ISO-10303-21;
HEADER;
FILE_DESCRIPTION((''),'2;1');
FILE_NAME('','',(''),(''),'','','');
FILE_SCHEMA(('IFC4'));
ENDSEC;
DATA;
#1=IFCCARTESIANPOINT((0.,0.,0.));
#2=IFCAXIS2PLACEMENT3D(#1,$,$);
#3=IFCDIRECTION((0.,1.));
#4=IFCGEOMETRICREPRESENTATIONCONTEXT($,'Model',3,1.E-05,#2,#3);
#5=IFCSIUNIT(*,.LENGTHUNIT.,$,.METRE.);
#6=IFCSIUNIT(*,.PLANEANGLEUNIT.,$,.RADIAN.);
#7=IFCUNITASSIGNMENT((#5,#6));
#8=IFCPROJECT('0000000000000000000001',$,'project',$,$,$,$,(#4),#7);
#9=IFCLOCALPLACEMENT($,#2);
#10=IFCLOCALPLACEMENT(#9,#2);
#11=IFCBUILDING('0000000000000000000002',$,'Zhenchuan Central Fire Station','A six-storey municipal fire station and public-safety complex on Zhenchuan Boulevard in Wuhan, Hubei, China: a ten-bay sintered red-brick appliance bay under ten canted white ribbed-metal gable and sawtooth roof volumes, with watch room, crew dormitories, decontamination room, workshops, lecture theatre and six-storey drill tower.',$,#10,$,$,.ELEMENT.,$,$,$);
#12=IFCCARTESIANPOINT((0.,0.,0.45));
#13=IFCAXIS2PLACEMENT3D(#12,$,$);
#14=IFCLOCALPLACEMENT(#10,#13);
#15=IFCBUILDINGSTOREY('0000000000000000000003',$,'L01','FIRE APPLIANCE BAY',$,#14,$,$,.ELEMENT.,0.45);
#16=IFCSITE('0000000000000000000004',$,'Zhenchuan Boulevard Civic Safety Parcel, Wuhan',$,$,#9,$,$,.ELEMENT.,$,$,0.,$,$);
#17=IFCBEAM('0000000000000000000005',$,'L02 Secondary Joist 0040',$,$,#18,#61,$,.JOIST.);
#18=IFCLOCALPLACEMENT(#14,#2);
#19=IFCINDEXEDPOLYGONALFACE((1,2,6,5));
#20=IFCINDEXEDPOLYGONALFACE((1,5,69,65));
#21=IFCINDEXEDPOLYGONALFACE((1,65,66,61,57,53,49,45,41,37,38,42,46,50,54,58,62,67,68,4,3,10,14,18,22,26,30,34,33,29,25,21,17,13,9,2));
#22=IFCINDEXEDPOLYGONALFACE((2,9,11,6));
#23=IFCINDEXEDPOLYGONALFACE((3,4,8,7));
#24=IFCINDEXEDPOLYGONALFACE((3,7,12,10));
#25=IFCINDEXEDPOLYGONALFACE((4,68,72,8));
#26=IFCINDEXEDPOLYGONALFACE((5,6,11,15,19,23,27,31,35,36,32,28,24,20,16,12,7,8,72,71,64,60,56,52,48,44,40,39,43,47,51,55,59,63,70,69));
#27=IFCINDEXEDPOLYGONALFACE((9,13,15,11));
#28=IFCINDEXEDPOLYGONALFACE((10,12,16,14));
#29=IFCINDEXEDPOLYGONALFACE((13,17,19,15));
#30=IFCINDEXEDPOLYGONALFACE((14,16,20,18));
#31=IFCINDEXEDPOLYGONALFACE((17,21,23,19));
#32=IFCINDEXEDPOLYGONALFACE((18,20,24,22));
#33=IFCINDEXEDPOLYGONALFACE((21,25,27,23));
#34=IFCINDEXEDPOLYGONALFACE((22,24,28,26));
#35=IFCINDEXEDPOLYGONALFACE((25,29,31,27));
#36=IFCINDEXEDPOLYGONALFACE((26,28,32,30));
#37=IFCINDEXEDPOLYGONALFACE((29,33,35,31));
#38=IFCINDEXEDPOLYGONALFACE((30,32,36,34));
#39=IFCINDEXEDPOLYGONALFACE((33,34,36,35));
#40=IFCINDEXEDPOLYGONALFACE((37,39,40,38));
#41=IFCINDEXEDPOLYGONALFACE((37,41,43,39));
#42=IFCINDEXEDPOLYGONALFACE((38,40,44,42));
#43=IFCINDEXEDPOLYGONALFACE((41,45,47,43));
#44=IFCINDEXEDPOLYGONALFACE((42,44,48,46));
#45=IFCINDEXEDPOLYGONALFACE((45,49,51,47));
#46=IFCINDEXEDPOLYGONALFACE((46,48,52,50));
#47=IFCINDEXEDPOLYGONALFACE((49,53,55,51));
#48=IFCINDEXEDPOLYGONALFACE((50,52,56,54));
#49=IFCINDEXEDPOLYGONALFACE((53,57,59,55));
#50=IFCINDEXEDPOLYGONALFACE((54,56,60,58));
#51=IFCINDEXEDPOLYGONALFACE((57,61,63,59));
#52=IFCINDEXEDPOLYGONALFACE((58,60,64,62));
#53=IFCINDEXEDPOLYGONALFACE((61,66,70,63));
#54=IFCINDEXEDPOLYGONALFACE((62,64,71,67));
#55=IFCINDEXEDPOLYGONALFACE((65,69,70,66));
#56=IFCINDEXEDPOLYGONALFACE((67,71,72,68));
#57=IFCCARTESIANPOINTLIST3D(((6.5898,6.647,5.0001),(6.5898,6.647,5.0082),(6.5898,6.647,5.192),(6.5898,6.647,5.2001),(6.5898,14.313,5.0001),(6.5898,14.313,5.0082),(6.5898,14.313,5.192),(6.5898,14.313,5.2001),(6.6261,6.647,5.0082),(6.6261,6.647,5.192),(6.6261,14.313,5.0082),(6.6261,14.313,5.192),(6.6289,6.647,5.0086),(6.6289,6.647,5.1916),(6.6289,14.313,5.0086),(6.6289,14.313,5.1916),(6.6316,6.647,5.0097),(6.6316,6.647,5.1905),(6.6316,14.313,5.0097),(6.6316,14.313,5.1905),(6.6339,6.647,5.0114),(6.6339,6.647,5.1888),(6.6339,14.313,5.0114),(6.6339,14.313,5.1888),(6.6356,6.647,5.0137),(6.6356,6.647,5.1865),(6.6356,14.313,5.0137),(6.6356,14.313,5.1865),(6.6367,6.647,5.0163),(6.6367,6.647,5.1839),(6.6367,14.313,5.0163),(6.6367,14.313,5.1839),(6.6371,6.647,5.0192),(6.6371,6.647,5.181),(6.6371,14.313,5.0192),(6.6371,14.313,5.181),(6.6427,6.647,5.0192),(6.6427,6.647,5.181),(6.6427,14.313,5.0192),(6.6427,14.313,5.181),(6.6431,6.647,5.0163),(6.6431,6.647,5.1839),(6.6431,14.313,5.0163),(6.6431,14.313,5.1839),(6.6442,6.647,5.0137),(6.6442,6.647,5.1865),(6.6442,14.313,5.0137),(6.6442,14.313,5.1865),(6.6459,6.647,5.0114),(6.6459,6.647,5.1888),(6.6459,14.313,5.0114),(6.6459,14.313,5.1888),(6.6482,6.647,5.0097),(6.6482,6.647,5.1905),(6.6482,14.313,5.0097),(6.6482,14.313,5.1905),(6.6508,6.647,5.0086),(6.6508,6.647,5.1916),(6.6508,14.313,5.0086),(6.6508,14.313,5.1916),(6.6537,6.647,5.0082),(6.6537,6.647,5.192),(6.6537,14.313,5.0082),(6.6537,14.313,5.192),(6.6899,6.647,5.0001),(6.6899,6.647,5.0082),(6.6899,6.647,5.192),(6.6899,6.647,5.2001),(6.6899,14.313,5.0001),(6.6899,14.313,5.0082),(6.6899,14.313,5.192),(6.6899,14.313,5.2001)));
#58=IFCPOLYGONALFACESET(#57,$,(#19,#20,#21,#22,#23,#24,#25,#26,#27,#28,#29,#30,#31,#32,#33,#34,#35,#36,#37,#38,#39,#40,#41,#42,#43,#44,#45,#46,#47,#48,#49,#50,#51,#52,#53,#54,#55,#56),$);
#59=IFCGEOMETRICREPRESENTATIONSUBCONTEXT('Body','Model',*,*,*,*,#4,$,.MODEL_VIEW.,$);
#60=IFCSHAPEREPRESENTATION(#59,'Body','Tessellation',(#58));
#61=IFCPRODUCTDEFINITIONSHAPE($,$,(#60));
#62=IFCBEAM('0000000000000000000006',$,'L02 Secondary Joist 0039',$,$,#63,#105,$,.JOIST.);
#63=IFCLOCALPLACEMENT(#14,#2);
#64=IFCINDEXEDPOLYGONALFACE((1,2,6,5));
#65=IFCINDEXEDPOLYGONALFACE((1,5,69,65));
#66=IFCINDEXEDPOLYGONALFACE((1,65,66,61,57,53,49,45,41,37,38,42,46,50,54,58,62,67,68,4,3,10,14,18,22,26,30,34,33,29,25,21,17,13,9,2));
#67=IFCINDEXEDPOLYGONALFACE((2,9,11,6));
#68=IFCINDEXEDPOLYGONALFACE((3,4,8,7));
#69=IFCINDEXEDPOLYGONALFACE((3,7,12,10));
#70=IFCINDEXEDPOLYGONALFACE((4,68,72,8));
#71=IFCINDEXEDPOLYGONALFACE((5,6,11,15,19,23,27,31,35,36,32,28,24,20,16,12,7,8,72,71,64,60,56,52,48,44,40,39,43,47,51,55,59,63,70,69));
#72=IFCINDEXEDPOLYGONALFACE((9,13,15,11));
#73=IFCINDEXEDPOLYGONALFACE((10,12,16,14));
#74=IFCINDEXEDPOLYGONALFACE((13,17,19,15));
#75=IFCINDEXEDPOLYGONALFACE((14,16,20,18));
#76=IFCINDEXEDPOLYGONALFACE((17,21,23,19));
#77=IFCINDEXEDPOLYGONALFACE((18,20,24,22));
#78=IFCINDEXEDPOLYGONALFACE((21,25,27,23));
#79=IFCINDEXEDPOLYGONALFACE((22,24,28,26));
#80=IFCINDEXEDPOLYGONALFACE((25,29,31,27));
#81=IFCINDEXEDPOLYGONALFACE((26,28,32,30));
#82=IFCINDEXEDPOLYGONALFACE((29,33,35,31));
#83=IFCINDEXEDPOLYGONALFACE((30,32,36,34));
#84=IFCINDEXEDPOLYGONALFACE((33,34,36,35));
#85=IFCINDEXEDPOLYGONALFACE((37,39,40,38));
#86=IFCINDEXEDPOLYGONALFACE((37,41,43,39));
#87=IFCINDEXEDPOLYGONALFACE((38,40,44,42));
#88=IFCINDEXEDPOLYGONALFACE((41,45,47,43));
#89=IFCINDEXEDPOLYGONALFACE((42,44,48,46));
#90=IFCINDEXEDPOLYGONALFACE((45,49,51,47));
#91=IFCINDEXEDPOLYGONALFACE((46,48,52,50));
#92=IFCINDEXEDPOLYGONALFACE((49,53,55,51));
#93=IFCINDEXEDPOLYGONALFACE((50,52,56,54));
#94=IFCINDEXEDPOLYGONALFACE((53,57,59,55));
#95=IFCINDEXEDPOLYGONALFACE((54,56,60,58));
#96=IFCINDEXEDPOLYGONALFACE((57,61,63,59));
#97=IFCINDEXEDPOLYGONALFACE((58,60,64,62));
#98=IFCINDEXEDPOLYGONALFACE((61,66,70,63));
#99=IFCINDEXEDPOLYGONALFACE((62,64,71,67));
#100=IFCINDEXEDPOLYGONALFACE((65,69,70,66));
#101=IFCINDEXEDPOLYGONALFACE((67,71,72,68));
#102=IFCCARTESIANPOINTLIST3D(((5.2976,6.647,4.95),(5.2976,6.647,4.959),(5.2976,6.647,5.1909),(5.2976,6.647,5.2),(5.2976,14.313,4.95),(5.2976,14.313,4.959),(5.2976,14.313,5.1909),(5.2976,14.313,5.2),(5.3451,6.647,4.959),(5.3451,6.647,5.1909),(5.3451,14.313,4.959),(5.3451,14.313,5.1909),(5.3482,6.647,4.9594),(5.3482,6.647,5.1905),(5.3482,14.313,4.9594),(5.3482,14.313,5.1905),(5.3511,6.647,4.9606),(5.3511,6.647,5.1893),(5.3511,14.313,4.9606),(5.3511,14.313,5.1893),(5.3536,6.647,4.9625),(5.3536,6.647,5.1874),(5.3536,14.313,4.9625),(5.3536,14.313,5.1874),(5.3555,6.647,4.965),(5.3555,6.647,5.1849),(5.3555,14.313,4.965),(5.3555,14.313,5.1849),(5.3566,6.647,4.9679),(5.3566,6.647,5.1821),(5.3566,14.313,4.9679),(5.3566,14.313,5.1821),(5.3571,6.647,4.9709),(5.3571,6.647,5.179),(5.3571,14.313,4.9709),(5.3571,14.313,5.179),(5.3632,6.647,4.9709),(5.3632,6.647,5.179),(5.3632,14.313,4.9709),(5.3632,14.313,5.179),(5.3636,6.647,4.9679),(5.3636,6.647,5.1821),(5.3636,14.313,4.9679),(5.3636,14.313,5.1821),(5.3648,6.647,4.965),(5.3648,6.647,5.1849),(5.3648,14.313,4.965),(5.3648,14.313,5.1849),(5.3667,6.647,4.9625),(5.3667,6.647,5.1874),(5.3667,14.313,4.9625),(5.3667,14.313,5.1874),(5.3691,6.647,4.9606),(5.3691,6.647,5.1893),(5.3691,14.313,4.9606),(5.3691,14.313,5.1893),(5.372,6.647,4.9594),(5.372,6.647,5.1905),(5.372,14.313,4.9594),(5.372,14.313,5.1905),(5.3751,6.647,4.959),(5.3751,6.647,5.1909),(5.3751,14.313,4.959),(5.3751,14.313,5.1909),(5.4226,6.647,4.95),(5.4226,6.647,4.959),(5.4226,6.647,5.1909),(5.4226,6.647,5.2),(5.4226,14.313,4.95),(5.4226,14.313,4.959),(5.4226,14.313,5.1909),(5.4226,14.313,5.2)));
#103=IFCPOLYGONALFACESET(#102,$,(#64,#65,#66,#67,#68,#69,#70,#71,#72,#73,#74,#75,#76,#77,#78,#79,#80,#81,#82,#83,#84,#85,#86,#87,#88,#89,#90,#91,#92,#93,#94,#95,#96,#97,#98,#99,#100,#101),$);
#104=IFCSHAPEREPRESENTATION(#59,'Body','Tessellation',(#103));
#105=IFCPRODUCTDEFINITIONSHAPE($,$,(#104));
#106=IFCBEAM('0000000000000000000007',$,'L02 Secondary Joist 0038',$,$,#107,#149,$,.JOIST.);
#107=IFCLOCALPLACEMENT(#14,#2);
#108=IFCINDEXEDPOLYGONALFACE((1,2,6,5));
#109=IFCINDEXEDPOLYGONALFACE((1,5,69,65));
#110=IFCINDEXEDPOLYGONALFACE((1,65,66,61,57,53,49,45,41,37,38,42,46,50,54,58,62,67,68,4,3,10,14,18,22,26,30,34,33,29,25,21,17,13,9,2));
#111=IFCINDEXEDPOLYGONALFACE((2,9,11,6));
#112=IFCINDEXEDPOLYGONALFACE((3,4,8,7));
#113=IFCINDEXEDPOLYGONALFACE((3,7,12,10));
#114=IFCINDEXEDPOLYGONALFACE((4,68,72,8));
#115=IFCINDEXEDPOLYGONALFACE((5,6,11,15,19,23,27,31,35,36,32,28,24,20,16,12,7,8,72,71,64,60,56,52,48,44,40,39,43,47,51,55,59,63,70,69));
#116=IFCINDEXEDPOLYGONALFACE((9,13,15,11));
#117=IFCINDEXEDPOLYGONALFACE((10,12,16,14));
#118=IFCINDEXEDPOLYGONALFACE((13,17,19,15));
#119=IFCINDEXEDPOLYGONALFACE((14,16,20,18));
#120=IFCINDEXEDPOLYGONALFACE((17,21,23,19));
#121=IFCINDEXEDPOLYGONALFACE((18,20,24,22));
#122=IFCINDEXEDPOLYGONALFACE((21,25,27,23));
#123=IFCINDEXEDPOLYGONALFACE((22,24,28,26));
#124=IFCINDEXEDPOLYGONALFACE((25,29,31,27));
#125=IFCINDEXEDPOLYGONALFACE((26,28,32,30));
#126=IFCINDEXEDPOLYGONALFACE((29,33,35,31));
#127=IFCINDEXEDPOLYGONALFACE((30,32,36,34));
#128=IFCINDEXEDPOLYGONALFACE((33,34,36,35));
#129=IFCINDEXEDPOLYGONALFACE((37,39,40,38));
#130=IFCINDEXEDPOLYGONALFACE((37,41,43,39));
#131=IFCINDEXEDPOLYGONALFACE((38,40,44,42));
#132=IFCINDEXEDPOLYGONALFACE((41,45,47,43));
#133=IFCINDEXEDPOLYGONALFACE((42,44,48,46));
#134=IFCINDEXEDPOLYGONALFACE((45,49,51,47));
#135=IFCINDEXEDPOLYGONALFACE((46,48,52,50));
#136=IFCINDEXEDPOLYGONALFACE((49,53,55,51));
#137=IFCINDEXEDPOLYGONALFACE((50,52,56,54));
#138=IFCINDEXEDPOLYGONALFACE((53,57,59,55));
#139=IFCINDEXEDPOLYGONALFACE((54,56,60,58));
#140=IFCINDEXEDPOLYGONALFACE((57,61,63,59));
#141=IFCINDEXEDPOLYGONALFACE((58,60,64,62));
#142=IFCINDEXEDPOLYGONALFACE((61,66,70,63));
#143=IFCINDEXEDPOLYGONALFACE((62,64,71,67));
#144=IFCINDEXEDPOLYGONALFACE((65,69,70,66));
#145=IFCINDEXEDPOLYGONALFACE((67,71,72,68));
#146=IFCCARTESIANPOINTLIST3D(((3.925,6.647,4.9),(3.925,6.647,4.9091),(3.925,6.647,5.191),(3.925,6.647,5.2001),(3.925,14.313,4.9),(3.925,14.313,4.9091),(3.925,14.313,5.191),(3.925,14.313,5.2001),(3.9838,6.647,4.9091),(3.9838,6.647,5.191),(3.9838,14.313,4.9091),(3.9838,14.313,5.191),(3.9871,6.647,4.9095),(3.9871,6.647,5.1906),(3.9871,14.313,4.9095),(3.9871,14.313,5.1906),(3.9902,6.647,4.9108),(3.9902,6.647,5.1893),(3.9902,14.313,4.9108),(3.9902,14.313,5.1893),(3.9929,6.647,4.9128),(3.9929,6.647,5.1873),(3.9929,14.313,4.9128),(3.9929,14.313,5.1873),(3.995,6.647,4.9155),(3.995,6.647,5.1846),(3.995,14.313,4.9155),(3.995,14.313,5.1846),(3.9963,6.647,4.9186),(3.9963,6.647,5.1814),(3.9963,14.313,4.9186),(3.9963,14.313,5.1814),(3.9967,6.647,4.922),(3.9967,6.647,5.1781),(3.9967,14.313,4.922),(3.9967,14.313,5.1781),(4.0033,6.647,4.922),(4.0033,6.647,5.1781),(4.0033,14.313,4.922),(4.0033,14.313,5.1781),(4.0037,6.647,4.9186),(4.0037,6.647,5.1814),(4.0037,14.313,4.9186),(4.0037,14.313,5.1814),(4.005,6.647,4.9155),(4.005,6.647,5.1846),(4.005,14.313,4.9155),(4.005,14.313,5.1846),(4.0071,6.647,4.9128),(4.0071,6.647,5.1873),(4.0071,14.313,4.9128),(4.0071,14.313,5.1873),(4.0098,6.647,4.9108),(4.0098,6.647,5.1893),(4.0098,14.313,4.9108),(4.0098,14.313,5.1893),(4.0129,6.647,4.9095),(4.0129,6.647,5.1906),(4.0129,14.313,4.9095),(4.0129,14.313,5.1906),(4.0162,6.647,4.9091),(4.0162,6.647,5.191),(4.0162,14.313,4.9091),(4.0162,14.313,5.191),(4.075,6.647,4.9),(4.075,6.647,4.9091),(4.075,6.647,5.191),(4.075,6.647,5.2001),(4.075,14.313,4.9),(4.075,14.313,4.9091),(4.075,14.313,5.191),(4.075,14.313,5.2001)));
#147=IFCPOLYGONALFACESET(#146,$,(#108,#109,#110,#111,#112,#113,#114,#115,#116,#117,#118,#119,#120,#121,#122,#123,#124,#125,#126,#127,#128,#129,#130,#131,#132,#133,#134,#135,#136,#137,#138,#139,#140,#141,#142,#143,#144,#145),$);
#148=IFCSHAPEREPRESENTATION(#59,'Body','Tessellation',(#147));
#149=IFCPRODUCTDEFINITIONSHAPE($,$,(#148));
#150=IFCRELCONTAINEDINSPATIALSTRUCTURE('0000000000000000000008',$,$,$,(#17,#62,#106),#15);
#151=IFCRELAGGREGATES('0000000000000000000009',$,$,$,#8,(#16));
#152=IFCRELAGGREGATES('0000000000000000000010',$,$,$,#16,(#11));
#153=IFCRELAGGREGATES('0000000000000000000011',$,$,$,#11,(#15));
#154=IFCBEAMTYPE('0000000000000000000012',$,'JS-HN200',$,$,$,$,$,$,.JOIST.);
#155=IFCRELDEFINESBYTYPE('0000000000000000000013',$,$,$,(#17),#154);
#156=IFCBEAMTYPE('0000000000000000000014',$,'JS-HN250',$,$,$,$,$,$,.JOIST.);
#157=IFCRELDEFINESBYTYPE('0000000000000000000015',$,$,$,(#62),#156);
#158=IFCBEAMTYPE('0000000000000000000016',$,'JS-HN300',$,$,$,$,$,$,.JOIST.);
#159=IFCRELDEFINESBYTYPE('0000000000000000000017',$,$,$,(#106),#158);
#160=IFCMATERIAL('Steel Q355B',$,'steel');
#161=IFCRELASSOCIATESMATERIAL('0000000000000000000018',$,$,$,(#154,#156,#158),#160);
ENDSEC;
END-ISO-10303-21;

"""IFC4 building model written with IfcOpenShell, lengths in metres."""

from ifc_helpers import new_model, si_unit, direction, frame, origin, origin_2d, place, context, subcontext, project, spatial, i_section, extrude, material, material_profile, profile_set, type_object, element, save


model = new_model("IFC4")

# Units and contexts
model_context = context("Model", 3, precision=1e-05, world=origin(), true_north=direction((0.0, 1.0)))
body_context = subcontext(model_context, "Body", "Model", "MODEL_VIEW")
ifc_project = project(units=[si_unit("LENGTHUNIT", "METRE"), si_unit("PLANEANGLEUNIT", "RADIAN")], contexts=[model_context])

# Site, building, storey
site_placement = place(None, origin())
site = spatial("IfcSite", under=ifc_project, at=site_placement, Name="Zhenchuan Boulevard Civic Safety Parcel, Wuhan", CompositionType="ELEMENT", RefElevation=0.0)
building_placement = place(site_placement, origin())
building = spatial("IfcBuilding", under=site, at=building_placement, Name="Zhenchuan Central Fire Station", Description="A six-storey municipal fire station and public-safety complex on Zhenchuan Boulevard in Wuhan, Hubei, China: a ten-bay sintered red-brick appliance bay under ten canted white ribbed-metal gable and sawtooth roof volumes, with watch room, crew dormitories, decontamination room, workshops, lecture theatre and six-storey drill tower.", CompositionType="ELEMENT")
storey_placement = place(building_placement, frame((0.0, 0.0, 0.45)))
storey = spatial("IfcBuildingStorey", under=building, at=storey_placement, Name="L01", Description="FIRE APPLIANCE BAY", CompositionType="ELEMENT", Elevation=0.45)

# Shared definitions
ifc_material_1 = material(Name="Steel Q355B", Category="steel")

# Beams
ifc_material_profile_1 = material_profile(ifc_material_1, i_section(OverallWidth=0.1001, OverallDepth=0.2, WebThickness=0.0056, FlangeThickness=0.0081, FilletRadius=0.011, at=origin_2d()), Name="HN 200x100")
ifc_profile_set_1 = profile_set([ifc_material_profile_1], Name="Steel Q355B")
beam_type_1 = type_object("IfcBeamType", Name="JS-HN200", PredefinedType="JOIST", material=ifc_profile_set_1)
beam_1_placement = place(storey_placement, frame((6.6399, 6.647, 5.1001), z_axis=(0.0, 1.0, 0.0), x_axis=(-1.0, 0.0, 0.0)))
element("IfcBeam", 1, at=beam_1_placement, inside=storey, type_object=beam_type_1, Name="L02 Secondary Joist 0040", PredefinedType="JOIST", context=body_context, shape_type="SweptSolid", body=[
    extrude(i_section(OverallWidth=0.1001, OverallDepth=0.2, WebThickness=0.0056, FlangeThickness=0.0081, FilletRadius=0.011, at=origin_2d()), origin(), (0.0, 0.0, 1.0), 7.666),
])
ifc_material_profile_2 = material_profile(ifc_material_1, i_section(OverallWidth=0.125, OverallDepth=0.25, WebThickness=0.0061, FlangeThickness=0.009, FilletRadius=0.012, at=origin_2d()), Name="HN 250x125")
ifc_profile_set_2 = profile_set([ifc_material_profile_2], Name="Steel Q355B")
beam_type_2 = type_object("IfcBeamType", Name="JS-HN250", PredefinedType="JOIST", material=ifc_profile_set_2)
beam_2_placement = place(storey_placement, frame((5.3601, 6.647, 5.075), z_axis=(0.0, 1.0, 0.0), x_axis=(-1.0, 0.0, 0.0)))
element("IfcBeam", 2, at=beam_2_placement, inside=storey, type_object=beam_type_2, Name="L02 Secondary Joist 0039", PredefinedType="JOIST", context=body_context, shape_type="SweptSolid", body=[
    extrude(i_section(OverallWidth=0.125, OverallDepth=0.25, WebThickness=0.0061, FlangeThickness=0.009, FilletRadius=0.012, at=origin_2d()), origin(), (0.0, 0.0, 1.0), 7.666),
])
ifc_material_profile_3 = material_profile(ifc_material_1, i_section(OverallWidth=0.1499, OverallDepth=0.3, WebThickness=0.0066, FlangeThickness=0.009, FilletRadius=0.0129, at=origin_2d()), Name="HN 300x150")
ifc_profile_set_3 = profile_set([ifc_material_profile_3], Name="Steel Q355B")
beam_type_3 = type_object("IfcBeamType", Name="JS-HN300", PredefinedType="JOIST", material=ifc_profile_set_3)
beam_3_placement = place(storey_placement, frame((4.0, 6.647, 5.05), z_axis=(0.0, 1.0, 0.0), x_axis=(-1.0, 0.0, 0.0)))
element("IfcBeam", 3, at=beam_3_placement, inside=storey, type_object=beam_type_3, Name="L02 Secondary Joist 0038", PredefinedType="JOIST", context=body_context, shape_type="SweptSolid", body=[
    extrude(i_section(OverallWidth=0.1499, OverallDepth=0.3, WebThickness=0.0066, FlangeThickness=0.009, FilletRadius=0.0129, at=origin_2d()), origin(), (0.0, 0.0, 1.0), 7.666),
])

save(model, "model.ifc")
